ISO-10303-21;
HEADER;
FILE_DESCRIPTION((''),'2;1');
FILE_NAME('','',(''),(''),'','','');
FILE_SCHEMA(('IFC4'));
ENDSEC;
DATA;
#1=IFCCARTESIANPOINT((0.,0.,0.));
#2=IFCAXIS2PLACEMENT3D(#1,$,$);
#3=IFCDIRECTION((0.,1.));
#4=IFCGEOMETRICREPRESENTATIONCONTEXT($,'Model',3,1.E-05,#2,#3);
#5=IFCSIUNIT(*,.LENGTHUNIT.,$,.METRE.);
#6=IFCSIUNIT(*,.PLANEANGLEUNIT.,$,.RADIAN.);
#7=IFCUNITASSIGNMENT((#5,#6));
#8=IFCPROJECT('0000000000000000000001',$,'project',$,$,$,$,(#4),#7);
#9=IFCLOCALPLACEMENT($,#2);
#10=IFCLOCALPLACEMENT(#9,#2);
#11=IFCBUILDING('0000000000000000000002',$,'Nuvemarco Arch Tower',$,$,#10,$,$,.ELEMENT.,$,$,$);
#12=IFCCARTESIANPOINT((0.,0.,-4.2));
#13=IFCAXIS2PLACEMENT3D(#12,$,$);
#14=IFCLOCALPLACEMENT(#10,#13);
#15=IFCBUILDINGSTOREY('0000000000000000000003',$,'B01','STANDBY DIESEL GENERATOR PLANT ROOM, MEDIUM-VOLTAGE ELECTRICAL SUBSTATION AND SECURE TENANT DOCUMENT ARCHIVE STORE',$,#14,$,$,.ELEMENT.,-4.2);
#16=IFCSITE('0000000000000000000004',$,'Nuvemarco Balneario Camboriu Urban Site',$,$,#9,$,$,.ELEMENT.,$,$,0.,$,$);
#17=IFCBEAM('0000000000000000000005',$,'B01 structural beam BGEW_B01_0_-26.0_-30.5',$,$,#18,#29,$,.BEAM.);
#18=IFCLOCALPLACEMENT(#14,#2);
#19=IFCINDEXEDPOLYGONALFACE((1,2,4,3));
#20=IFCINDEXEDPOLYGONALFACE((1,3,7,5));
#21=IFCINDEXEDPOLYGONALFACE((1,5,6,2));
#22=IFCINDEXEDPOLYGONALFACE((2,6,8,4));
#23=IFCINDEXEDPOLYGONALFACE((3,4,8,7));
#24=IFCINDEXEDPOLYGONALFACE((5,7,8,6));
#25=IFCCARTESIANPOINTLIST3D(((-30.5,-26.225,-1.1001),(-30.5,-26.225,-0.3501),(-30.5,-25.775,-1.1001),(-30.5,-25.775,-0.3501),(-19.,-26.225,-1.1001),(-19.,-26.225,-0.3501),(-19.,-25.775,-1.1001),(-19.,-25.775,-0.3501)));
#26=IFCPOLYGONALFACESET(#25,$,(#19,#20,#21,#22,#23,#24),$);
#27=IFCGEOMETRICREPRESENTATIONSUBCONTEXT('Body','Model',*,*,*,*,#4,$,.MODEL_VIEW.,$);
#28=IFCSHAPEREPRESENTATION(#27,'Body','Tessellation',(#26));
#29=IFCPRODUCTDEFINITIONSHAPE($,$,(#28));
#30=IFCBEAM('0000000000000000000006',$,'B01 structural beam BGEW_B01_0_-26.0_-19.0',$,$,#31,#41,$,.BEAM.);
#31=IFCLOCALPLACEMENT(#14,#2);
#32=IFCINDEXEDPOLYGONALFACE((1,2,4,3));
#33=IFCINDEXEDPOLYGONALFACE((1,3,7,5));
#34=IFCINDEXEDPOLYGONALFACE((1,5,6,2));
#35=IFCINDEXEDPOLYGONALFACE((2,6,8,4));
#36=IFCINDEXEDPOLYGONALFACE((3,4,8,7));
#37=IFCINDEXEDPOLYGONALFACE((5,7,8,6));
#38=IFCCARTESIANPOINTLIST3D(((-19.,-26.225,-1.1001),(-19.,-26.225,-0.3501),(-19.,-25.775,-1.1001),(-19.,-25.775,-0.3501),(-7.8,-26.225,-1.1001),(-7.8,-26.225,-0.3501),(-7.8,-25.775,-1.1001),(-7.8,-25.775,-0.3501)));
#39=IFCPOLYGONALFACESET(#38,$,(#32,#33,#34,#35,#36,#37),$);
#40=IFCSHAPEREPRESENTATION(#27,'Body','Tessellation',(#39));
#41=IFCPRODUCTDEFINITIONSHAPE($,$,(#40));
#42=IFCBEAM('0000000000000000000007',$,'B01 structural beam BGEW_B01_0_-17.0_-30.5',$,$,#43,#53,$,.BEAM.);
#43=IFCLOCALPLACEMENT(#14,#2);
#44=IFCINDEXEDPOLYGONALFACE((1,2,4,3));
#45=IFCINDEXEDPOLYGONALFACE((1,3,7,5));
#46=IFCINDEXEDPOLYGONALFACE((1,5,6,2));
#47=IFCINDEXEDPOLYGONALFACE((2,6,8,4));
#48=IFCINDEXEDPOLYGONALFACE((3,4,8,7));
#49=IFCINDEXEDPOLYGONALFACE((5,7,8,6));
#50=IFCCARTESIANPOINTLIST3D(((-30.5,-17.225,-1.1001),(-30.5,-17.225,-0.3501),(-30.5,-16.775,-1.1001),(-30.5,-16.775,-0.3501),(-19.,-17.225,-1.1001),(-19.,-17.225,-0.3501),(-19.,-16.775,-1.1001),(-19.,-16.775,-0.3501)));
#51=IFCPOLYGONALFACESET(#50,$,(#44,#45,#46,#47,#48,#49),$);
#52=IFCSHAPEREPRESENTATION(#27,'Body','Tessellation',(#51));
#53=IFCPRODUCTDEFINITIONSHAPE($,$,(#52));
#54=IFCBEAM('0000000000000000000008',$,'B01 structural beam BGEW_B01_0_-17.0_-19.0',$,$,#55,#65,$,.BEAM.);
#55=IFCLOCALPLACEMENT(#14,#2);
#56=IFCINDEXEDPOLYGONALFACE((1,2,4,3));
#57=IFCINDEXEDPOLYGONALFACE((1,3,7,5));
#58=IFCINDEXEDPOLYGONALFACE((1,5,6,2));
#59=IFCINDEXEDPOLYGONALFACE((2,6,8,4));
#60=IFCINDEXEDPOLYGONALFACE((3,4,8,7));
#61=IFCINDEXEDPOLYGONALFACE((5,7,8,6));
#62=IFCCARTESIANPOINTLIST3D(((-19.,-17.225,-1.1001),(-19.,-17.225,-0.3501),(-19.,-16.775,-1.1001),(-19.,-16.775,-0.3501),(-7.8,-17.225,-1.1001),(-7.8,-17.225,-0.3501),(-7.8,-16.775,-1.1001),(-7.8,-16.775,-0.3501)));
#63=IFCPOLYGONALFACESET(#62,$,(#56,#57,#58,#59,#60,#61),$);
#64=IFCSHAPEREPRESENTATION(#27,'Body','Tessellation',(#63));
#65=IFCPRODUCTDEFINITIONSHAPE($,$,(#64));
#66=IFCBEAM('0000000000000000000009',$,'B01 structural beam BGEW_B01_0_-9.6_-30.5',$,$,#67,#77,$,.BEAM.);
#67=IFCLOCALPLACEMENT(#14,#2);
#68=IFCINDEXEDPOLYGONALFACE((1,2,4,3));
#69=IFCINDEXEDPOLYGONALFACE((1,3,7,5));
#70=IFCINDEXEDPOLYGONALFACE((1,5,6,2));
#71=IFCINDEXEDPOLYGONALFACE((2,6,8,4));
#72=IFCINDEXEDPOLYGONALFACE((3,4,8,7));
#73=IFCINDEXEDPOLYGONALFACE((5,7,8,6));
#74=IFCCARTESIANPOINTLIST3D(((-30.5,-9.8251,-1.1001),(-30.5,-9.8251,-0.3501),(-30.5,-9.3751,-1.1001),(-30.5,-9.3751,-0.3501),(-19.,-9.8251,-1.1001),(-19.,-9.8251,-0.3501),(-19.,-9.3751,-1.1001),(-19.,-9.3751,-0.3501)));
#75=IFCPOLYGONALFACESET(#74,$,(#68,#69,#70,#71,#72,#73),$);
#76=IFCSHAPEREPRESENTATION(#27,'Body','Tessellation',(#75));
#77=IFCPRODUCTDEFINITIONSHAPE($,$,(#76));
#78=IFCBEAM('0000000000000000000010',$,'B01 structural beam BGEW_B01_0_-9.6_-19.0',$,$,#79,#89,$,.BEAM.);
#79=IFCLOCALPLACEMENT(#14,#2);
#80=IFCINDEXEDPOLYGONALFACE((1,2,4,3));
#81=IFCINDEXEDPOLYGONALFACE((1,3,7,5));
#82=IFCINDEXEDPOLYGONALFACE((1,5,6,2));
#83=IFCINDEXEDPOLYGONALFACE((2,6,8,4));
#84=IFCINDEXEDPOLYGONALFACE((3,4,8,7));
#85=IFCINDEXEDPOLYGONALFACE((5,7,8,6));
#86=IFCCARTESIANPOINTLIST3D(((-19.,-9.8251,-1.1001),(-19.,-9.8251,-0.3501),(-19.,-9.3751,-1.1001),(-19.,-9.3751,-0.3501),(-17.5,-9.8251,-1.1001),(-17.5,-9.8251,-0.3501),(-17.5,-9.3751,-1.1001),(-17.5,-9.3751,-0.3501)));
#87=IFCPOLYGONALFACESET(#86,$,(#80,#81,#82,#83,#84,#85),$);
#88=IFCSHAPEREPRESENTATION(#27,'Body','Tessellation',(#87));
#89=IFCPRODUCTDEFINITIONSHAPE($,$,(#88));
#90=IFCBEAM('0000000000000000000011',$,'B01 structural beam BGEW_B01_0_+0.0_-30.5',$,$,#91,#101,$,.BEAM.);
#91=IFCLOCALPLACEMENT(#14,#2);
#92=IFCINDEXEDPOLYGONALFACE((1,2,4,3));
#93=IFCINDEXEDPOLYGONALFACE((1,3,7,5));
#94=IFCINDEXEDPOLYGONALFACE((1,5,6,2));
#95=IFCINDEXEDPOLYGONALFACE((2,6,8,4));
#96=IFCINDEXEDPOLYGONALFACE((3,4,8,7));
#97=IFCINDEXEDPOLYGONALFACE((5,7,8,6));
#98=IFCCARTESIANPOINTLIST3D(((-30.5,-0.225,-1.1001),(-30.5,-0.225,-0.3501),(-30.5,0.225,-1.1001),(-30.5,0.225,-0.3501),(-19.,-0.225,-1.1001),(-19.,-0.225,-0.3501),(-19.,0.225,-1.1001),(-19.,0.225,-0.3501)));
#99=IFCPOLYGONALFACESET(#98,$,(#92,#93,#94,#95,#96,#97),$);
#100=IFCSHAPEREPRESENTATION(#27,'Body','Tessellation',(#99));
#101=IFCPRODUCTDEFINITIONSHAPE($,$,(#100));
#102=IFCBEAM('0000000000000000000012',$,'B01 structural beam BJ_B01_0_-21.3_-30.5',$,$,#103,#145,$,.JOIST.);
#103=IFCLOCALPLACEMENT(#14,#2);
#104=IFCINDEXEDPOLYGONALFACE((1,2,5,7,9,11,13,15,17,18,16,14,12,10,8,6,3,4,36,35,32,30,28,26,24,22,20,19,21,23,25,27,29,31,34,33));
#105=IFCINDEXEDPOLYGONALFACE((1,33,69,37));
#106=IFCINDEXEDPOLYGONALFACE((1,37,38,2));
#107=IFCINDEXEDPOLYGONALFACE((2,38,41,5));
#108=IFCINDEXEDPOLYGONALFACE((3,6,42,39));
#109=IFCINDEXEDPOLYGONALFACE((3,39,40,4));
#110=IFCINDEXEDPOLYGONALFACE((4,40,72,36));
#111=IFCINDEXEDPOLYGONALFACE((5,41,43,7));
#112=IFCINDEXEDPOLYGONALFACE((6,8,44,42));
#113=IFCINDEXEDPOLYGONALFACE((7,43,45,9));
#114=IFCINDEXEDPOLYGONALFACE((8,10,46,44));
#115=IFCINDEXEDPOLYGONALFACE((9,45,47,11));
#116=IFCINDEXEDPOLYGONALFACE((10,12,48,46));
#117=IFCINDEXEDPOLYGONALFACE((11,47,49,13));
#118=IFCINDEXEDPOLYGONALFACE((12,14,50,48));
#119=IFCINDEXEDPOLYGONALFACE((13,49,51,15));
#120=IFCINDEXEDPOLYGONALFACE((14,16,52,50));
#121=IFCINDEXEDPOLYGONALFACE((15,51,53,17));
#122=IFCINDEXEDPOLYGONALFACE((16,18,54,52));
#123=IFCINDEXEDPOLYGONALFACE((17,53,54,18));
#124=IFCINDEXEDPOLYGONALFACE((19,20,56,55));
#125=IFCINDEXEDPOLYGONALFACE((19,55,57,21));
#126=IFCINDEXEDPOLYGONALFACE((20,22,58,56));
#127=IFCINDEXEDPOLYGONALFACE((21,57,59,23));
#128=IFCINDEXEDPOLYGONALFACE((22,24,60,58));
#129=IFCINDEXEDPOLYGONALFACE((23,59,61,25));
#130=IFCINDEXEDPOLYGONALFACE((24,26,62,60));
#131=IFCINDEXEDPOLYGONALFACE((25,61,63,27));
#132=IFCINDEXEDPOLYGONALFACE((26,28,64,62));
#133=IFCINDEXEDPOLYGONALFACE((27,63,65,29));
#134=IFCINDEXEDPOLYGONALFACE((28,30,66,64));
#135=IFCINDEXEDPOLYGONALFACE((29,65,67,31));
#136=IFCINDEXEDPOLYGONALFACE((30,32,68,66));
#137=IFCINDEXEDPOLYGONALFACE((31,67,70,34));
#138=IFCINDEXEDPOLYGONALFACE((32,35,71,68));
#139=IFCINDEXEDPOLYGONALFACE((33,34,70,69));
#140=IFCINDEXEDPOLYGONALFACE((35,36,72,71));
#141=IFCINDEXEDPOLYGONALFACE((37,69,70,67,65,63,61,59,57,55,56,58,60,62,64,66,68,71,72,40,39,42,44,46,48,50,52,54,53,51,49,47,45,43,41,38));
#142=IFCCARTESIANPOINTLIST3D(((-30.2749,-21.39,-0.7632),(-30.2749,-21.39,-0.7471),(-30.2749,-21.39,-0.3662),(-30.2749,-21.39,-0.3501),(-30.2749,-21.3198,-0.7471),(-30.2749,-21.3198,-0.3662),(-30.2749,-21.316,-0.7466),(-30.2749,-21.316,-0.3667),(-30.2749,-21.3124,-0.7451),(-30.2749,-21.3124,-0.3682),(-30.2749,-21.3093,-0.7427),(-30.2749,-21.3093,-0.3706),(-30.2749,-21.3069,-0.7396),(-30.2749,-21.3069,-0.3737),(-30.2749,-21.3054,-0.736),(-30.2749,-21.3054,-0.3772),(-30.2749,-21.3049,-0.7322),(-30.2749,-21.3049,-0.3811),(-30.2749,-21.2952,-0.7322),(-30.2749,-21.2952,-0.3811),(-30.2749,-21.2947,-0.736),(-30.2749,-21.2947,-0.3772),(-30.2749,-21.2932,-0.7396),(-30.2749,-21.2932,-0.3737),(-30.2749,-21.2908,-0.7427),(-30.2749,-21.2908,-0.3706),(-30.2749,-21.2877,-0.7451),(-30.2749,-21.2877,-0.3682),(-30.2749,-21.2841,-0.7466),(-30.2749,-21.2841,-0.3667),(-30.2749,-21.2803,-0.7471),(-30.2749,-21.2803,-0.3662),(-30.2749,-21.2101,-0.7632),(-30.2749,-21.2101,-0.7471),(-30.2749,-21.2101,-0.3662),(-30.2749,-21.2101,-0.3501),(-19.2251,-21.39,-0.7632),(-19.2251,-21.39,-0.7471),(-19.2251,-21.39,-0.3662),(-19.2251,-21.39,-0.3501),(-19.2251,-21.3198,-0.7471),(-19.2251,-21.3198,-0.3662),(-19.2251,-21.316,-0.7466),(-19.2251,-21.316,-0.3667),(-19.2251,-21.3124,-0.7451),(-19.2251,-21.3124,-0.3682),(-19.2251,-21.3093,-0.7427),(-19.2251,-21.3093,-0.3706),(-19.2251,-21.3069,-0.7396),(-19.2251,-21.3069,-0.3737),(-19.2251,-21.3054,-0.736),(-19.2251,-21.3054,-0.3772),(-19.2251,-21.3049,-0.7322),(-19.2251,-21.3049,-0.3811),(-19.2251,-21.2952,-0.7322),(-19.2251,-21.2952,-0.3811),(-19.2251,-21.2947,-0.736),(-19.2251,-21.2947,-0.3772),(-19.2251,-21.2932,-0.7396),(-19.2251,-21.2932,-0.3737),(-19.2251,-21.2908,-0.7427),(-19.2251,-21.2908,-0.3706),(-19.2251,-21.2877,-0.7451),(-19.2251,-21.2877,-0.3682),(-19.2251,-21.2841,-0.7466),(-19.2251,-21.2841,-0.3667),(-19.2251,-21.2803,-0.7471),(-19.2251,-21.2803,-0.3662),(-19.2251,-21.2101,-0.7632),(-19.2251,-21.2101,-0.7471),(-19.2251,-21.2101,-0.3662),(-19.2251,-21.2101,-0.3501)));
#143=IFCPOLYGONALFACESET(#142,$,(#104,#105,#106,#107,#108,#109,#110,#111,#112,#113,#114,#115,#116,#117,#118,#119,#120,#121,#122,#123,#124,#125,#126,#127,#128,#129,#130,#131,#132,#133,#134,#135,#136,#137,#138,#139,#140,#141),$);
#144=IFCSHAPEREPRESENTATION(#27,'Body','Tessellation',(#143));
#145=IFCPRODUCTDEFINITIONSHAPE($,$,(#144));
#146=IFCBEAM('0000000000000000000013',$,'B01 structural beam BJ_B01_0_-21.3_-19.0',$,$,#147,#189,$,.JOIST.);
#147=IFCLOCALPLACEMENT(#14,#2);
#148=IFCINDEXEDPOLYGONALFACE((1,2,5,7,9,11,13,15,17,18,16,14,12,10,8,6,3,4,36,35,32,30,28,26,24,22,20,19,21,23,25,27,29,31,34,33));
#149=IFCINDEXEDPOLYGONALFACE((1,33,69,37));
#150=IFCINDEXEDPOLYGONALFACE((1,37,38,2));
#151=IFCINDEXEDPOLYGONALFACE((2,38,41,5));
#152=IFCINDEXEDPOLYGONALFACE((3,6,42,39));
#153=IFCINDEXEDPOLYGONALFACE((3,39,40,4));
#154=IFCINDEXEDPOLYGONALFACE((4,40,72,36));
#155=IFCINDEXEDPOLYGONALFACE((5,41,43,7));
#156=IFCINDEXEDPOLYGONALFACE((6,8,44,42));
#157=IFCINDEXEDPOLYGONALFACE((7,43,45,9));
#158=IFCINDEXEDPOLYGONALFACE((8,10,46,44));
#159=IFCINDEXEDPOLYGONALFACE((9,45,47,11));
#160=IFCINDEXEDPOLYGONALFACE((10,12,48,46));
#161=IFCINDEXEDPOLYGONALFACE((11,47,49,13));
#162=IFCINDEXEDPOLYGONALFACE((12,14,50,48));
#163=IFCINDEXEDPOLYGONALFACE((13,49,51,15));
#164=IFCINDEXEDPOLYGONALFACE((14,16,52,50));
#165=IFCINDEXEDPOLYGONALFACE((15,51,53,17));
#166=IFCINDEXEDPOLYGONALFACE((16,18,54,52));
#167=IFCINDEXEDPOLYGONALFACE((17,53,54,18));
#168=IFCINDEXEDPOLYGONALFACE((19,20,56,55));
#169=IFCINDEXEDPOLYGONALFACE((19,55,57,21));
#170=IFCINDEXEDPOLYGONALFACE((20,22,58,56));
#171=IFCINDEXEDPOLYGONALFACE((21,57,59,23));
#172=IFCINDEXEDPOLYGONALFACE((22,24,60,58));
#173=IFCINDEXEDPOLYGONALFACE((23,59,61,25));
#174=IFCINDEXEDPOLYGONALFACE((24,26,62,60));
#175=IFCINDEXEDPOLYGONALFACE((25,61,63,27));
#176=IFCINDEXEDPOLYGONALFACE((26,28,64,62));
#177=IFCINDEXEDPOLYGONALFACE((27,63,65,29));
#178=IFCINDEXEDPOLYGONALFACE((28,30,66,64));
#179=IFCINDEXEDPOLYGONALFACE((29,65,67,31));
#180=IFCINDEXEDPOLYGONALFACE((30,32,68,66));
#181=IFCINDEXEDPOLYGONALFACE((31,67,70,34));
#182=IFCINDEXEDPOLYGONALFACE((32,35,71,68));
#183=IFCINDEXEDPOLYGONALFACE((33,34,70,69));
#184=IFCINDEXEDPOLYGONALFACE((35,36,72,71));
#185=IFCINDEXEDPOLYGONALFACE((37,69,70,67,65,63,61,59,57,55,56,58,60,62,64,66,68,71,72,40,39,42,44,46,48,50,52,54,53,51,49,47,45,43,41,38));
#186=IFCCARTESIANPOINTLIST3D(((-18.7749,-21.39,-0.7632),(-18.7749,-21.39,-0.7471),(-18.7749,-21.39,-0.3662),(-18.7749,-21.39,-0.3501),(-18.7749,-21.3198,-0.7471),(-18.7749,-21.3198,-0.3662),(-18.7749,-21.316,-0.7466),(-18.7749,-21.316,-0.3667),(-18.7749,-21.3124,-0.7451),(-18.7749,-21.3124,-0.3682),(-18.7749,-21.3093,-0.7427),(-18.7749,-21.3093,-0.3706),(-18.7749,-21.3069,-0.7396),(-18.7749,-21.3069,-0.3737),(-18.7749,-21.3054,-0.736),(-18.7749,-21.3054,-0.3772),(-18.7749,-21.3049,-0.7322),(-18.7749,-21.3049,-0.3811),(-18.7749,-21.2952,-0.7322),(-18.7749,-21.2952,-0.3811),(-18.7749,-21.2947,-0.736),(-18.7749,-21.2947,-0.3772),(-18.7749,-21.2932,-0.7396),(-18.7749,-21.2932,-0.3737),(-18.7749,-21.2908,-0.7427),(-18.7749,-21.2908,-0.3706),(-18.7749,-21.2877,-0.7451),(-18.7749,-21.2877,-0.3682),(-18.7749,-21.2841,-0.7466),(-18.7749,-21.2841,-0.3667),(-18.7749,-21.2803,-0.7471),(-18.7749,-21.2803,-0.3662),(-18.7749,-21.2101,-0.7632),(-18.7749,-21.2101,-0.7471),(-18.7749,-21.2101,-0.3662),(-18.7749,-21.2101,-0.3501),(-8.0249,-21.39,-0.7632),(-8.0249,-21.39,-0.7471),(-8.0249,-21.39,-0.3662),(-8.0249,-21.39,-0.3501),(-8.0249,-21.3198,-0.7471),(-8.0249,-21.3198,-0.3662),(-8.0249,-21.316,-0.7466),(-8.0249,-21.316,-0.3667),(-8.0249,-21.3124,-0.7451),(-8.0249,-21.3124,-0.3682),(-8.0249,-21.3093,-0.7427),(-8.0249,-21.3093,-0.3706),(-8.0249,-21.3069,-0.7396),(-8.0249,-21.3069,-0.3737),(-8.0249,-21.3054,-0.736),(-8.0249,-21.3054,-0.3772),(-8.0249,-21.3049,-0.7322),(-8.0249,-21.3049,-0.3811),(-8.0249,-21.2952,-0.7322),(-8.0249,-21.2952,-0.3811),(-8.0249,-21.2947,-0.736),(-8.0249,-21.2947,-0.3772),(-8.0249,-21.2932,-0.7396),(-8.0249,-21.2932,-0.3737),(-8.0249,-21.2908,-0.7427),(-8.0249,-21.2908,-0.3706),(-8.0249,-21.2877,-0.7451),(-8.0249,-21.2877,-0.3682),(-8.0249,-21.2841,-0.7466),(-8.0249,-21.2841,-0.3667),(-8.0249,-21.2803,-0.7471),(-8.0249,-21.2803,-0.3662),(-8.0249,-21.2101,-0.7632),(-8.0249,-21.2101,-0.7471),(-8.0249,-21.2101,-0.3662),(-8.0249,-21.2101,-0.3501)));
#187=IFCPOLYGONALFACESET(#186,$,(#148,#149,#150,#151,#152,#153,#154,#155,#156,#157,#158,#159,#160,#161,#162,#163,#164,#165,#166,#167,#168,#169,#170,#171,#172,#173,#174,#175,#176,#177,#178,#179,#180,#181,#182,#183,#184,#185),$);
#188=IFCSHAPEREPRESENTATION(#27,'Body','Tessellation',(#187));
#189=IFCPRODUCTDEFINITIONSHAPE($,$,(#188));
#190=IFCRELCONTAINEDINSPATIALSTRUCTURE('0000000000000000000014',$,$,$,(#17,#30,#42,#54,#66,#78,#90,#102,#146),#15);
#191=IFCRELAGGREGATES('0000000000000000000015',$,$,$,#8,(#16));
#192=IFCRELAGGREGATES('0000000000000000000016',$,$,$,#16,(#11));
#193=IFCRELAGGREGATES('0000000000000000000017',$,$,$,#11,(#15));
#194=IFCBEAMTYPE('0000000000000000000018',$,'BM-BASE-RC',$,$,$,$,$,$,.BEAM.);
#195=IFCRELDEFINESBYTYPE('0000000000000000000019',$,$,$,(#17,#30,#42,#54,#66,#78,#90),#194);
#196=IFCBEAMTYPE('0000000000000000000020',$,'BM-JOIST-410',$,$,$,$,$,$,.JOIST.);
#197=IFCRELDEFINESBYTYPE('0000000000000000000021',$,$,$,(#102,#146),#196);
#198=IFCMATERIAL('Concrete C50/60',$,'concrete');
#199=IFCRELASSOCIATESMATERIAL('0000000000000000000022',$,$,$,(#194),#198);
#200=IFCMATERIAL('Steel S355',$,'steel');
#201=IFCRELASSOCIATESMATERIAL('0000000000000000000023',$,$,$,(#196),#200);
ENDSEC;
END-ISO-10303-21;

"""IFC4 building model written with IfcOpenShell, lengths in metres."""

from ifc_helpers import new_model, si_unit, direction, frame, origin, origin_2d, place, context, subcontext, project, spatial, rectangle, i_section, extrude, material, material_profile, profile_set, type_object, element, save


model = new_model("IFC4")

# Units and contexts
model_context = context("Model", 3, precision=1e-05, world=origin(), true_north=direction((0.0, 1.0)))
body_context = subcontext(model_context, "Body", "Model", "MODEL_VIEW")
ifc_project = project(units=[si_unit("LENGTHUNIT", "METRE"), si_unit("PLANEANGLEUNIT", "RADIAN")], contexts=[model_context])

# Site, building, storey
site_placement = place(None, origin())
site = spatial("IfcSite", under=ifc_project, at=site_placement, Name="Nuvemarco Balneario Camboriu Urban Site", CompositionType="ELEMENT", RefElevation=0.0)
building_placement = place(site_placement, origin())
building = spatial("IfcBuilding", under=site, at=building_placement, Name="Nuvemarco Arch Tower", CompositionType="ELEMENT")
storey_placement = place(building_placement, frame((0.0, 0.0, -4.2)))
storey = spatial("IfcBuildingStorey", under=building, at=storey_placement, Name="B01", Description="STANDBY DIESEL GENERATOR PLANT ROOM, MEDIUM-VOLTAGE ELECTRICAL SUBSTATION AND SECURE TENANT DOCUMENT ARCHIVE STORE", CompositionType="ELEMENT", Elevation=-4.2)

# Beams
ifc_material_1 = material(Name="Concrete C50/60", Category="concrete")
ifc_material_profile_1 = material_profile(ifc_material_1, rectangle(XDim=0.45, YDim=0.75, at=origin_2d()), Name="RC-BM-450x750")
ifc_profile_set_1 = profile_set([ifc_material_profile_1], Name="Concrete C50/60")
beam_type_1 = type_object("IfcBeamType", Name="BM-BASE-RC", PredefinedType="BEAM", material=ifc_profile_set_1)
beam_1_placement = place(storey_placement, frame((-30.5, -26.0, -0.7251), z_axis=(1.0, 0.0, 0.0), x_axis=(0.0, 1.0, 0.0)))
element("IfcBeam", 1, at=beam_1_placement, inside=storey, type_object=beam_type_1, Name="B01 structural beam BGEW_B01_0_-26.0_-30.5", PredefinedType="BEAM", context=body_context, shape_type="SweptSolid", body=[
    extrude(rectangle(XDim=0.45, YDim=0.75, at=origin_2d()), origin(), (0.0, 0.0, 1.0), 11.5),
])
beam_2_placement = place(storey_placement, frame((-19.0, -26.0, -0.7251), z_axis=(1.0, 0.0, 0.0), x_axis=(0.0, 1.0, 0.0)))
element("IfcBeam", 2, at=beam_2_placement, inside=storey, type_object=beam_type_1, Name="B01 structural beam BGEW_B01_0_-26.0_-19.0", PredefinedType="BEAM", context=body_context, shape_type="SweptSolid", body=[
    extrude(rectangle(XDim=0.45, YDim=0.75, at=origin_2d()), origin(), (0.0, 0.0, 1.0), 11.2),
])
beam_3_placement = place(storey_placement, frame((-30.5, -17.0, -0.7251), z_axis=(1.0, 0.0, 0.0), x_axis=(0.0, 1.0, 0.0)))
element("IfcBeam", 3, at=beam_3_placement, inside=storey, type_object=beam_type_1, Name="B01 structural beam BGEW_B01_0_-17.0_-30.5", PredefinedType="BEAM", context=body_context, shape_type="SweptSolid", body=[
    extrude(rectangle(XDim=0.45, YDim=0.75, at=origin_2d()), origin(), (0.0, 0.0, 1.0), 11.5),
])
beam_4_placement = place(storey_placement, frame((-19.0, -17.0, -0.7251), z_axis=(1.0, 0.0, 0.0), x_axis=(0.0, 1.0, 0.0)))
element("IfcBeam", 4, at=beam_4_placement, inside=storey, type_object=beam_type_1, Name="B01 structural beam BGEW_B01_0_-17.0_-19.0", PredefinedType="BEAM", context=body_context, shape_type="SweptSolid", body=[
    extrude(rectangle(XDim=0.45, YDim=0.75, at=origin_2d()), origin(), (0.0, 0.0, 1.0), 11.2),
])
beam_5_placement = place(storey_placement, frame((-30.5, -9.6001, -0.7251), z_axis=(1.0, 0.0, 0.0), x_axis=(0.0, 1.0, 0.0)))
element("IfcBeam", 5, at=beam_5_placement, inside=storey, type_object=beam_type_1, Name="B01 structural beam BGEW_B01_0_-9.6_-30.5", PredefinedType="BEAM", context=body_context, shape_type="SweptSolid", body=[
    extrude(rectangle(XDim=0.45, YDim=0.75, at=origin_2d()), origin(), (0.0, 0.0, 1.0), 11.5),
])
beam_6_placement = place(storey_placement, frame((-19.0, -9.6001, -0.7251), z_axis=(1.0, 0.0, 0.0), x_axis=(0.0, 1.0, 0.0)))
element("IfcBeam", 6, at=beam_6_placement, inside=storey, type_object=beam_type_1, Name="B01 structural beam BGEW_B01_0_-9.6_-19.0", PredefinedType="BEAM", context=body_context, shape_type="SweptSolid", body=[
    extrude(rectangle(XDim=0.45, YDim=0.75, at=origin_2d()), origin(), (0.0, 0.0, 1.0), 1.5),
])
beam_7_placement = place(storey_placement, frame((-30.5, 0.0, -0.7251), z_axis=(1.0, 0.0, 0.0), x_axis=(0.0, 1.0, 0.0)))
element("IfcBeam", 7, at=beam_7_placement, inside=storey, type_object=beam_type_1, Name="B01 structural beam BGEW_B01_0_+0.0_-30.5", PredefinedType="BEAM", context=body_context, shape_type="SweptSolid", body=[
    extrude(rectangle(XDim=0.45, YDim=0.75, at=origin_2d()), origin(), (0.0, 0.0, 1.0), 11.5),
])
ifc_material_2 = material(Name="Steel S355", Category="steel")
ifc_material_profile_2 = material_profile(ifc_material_2, i_section(OverallWidth=0.1799, OverallDepth=0.4131, WebThickness=0.0098, FlangeThickness=0.0161, FilletRadius=0.0149, at=origin_2d()), Name="W410x75")
ifc_profile_set_2 = profile_set([ifc_material_profile_2], Name="Steel S355")
beam_type_2 = type_object("IfcBeamType", Name="BM-JOIST-410", PredefinedType="JOIST", material=ifc_profile_set_2)
beam_8_placement = place(storey_placement, frame((-30.2749, -21.3, -0.5566), z_axis=(1.0, 0.0, 0.0), x_axis=(0.0, 1.0, 0.0)))
element("IfcBeam", 8, at=beam_8_placement, inside=storey, type_object=beam_type_2, Name="B01 structural beam BJ_B01_0_-21.3_-30.5", PredefinedType="JOIST", context=body_context, shape_type="SweptSolid", body=[
    extrude(i_section(OverallWidth=0.1799, OverallDepth=0.4131, WebThickness=0.0098, FlangeThickness=0.0161, FilletRadius=0.0149, at=origin_2d()), origin(), (0.0, 0.0, 1.0), 11.0498),
])
beam_9_placement = place(storey_placement, frame((-18.7749, -21.3, -0.5566), z_axis=(1.0, 0.0, 0.0), x_axis=(0.0, 1.0, 0.0)))
element("IfcBeam", 9, at=beam_9_placement, inside=storey, type_object=beam_type_2, Name="B01 structural beam BJ_B01_0_-21.3_-19.0", PredefinedType="JOIST", context=body_context, shape_type="SweptSolid", body=[
    extrude(i_section(OverallWidth=0.1799, OverallDepth=0.4131, WebThickness=0.0098, FlangeThickness=0.0161, FilletRadius=0.0149, at=origin_2d()), origin(), (0.0, 0.0, 1.0), 10.75),
])

save(model, "model.ifc")
